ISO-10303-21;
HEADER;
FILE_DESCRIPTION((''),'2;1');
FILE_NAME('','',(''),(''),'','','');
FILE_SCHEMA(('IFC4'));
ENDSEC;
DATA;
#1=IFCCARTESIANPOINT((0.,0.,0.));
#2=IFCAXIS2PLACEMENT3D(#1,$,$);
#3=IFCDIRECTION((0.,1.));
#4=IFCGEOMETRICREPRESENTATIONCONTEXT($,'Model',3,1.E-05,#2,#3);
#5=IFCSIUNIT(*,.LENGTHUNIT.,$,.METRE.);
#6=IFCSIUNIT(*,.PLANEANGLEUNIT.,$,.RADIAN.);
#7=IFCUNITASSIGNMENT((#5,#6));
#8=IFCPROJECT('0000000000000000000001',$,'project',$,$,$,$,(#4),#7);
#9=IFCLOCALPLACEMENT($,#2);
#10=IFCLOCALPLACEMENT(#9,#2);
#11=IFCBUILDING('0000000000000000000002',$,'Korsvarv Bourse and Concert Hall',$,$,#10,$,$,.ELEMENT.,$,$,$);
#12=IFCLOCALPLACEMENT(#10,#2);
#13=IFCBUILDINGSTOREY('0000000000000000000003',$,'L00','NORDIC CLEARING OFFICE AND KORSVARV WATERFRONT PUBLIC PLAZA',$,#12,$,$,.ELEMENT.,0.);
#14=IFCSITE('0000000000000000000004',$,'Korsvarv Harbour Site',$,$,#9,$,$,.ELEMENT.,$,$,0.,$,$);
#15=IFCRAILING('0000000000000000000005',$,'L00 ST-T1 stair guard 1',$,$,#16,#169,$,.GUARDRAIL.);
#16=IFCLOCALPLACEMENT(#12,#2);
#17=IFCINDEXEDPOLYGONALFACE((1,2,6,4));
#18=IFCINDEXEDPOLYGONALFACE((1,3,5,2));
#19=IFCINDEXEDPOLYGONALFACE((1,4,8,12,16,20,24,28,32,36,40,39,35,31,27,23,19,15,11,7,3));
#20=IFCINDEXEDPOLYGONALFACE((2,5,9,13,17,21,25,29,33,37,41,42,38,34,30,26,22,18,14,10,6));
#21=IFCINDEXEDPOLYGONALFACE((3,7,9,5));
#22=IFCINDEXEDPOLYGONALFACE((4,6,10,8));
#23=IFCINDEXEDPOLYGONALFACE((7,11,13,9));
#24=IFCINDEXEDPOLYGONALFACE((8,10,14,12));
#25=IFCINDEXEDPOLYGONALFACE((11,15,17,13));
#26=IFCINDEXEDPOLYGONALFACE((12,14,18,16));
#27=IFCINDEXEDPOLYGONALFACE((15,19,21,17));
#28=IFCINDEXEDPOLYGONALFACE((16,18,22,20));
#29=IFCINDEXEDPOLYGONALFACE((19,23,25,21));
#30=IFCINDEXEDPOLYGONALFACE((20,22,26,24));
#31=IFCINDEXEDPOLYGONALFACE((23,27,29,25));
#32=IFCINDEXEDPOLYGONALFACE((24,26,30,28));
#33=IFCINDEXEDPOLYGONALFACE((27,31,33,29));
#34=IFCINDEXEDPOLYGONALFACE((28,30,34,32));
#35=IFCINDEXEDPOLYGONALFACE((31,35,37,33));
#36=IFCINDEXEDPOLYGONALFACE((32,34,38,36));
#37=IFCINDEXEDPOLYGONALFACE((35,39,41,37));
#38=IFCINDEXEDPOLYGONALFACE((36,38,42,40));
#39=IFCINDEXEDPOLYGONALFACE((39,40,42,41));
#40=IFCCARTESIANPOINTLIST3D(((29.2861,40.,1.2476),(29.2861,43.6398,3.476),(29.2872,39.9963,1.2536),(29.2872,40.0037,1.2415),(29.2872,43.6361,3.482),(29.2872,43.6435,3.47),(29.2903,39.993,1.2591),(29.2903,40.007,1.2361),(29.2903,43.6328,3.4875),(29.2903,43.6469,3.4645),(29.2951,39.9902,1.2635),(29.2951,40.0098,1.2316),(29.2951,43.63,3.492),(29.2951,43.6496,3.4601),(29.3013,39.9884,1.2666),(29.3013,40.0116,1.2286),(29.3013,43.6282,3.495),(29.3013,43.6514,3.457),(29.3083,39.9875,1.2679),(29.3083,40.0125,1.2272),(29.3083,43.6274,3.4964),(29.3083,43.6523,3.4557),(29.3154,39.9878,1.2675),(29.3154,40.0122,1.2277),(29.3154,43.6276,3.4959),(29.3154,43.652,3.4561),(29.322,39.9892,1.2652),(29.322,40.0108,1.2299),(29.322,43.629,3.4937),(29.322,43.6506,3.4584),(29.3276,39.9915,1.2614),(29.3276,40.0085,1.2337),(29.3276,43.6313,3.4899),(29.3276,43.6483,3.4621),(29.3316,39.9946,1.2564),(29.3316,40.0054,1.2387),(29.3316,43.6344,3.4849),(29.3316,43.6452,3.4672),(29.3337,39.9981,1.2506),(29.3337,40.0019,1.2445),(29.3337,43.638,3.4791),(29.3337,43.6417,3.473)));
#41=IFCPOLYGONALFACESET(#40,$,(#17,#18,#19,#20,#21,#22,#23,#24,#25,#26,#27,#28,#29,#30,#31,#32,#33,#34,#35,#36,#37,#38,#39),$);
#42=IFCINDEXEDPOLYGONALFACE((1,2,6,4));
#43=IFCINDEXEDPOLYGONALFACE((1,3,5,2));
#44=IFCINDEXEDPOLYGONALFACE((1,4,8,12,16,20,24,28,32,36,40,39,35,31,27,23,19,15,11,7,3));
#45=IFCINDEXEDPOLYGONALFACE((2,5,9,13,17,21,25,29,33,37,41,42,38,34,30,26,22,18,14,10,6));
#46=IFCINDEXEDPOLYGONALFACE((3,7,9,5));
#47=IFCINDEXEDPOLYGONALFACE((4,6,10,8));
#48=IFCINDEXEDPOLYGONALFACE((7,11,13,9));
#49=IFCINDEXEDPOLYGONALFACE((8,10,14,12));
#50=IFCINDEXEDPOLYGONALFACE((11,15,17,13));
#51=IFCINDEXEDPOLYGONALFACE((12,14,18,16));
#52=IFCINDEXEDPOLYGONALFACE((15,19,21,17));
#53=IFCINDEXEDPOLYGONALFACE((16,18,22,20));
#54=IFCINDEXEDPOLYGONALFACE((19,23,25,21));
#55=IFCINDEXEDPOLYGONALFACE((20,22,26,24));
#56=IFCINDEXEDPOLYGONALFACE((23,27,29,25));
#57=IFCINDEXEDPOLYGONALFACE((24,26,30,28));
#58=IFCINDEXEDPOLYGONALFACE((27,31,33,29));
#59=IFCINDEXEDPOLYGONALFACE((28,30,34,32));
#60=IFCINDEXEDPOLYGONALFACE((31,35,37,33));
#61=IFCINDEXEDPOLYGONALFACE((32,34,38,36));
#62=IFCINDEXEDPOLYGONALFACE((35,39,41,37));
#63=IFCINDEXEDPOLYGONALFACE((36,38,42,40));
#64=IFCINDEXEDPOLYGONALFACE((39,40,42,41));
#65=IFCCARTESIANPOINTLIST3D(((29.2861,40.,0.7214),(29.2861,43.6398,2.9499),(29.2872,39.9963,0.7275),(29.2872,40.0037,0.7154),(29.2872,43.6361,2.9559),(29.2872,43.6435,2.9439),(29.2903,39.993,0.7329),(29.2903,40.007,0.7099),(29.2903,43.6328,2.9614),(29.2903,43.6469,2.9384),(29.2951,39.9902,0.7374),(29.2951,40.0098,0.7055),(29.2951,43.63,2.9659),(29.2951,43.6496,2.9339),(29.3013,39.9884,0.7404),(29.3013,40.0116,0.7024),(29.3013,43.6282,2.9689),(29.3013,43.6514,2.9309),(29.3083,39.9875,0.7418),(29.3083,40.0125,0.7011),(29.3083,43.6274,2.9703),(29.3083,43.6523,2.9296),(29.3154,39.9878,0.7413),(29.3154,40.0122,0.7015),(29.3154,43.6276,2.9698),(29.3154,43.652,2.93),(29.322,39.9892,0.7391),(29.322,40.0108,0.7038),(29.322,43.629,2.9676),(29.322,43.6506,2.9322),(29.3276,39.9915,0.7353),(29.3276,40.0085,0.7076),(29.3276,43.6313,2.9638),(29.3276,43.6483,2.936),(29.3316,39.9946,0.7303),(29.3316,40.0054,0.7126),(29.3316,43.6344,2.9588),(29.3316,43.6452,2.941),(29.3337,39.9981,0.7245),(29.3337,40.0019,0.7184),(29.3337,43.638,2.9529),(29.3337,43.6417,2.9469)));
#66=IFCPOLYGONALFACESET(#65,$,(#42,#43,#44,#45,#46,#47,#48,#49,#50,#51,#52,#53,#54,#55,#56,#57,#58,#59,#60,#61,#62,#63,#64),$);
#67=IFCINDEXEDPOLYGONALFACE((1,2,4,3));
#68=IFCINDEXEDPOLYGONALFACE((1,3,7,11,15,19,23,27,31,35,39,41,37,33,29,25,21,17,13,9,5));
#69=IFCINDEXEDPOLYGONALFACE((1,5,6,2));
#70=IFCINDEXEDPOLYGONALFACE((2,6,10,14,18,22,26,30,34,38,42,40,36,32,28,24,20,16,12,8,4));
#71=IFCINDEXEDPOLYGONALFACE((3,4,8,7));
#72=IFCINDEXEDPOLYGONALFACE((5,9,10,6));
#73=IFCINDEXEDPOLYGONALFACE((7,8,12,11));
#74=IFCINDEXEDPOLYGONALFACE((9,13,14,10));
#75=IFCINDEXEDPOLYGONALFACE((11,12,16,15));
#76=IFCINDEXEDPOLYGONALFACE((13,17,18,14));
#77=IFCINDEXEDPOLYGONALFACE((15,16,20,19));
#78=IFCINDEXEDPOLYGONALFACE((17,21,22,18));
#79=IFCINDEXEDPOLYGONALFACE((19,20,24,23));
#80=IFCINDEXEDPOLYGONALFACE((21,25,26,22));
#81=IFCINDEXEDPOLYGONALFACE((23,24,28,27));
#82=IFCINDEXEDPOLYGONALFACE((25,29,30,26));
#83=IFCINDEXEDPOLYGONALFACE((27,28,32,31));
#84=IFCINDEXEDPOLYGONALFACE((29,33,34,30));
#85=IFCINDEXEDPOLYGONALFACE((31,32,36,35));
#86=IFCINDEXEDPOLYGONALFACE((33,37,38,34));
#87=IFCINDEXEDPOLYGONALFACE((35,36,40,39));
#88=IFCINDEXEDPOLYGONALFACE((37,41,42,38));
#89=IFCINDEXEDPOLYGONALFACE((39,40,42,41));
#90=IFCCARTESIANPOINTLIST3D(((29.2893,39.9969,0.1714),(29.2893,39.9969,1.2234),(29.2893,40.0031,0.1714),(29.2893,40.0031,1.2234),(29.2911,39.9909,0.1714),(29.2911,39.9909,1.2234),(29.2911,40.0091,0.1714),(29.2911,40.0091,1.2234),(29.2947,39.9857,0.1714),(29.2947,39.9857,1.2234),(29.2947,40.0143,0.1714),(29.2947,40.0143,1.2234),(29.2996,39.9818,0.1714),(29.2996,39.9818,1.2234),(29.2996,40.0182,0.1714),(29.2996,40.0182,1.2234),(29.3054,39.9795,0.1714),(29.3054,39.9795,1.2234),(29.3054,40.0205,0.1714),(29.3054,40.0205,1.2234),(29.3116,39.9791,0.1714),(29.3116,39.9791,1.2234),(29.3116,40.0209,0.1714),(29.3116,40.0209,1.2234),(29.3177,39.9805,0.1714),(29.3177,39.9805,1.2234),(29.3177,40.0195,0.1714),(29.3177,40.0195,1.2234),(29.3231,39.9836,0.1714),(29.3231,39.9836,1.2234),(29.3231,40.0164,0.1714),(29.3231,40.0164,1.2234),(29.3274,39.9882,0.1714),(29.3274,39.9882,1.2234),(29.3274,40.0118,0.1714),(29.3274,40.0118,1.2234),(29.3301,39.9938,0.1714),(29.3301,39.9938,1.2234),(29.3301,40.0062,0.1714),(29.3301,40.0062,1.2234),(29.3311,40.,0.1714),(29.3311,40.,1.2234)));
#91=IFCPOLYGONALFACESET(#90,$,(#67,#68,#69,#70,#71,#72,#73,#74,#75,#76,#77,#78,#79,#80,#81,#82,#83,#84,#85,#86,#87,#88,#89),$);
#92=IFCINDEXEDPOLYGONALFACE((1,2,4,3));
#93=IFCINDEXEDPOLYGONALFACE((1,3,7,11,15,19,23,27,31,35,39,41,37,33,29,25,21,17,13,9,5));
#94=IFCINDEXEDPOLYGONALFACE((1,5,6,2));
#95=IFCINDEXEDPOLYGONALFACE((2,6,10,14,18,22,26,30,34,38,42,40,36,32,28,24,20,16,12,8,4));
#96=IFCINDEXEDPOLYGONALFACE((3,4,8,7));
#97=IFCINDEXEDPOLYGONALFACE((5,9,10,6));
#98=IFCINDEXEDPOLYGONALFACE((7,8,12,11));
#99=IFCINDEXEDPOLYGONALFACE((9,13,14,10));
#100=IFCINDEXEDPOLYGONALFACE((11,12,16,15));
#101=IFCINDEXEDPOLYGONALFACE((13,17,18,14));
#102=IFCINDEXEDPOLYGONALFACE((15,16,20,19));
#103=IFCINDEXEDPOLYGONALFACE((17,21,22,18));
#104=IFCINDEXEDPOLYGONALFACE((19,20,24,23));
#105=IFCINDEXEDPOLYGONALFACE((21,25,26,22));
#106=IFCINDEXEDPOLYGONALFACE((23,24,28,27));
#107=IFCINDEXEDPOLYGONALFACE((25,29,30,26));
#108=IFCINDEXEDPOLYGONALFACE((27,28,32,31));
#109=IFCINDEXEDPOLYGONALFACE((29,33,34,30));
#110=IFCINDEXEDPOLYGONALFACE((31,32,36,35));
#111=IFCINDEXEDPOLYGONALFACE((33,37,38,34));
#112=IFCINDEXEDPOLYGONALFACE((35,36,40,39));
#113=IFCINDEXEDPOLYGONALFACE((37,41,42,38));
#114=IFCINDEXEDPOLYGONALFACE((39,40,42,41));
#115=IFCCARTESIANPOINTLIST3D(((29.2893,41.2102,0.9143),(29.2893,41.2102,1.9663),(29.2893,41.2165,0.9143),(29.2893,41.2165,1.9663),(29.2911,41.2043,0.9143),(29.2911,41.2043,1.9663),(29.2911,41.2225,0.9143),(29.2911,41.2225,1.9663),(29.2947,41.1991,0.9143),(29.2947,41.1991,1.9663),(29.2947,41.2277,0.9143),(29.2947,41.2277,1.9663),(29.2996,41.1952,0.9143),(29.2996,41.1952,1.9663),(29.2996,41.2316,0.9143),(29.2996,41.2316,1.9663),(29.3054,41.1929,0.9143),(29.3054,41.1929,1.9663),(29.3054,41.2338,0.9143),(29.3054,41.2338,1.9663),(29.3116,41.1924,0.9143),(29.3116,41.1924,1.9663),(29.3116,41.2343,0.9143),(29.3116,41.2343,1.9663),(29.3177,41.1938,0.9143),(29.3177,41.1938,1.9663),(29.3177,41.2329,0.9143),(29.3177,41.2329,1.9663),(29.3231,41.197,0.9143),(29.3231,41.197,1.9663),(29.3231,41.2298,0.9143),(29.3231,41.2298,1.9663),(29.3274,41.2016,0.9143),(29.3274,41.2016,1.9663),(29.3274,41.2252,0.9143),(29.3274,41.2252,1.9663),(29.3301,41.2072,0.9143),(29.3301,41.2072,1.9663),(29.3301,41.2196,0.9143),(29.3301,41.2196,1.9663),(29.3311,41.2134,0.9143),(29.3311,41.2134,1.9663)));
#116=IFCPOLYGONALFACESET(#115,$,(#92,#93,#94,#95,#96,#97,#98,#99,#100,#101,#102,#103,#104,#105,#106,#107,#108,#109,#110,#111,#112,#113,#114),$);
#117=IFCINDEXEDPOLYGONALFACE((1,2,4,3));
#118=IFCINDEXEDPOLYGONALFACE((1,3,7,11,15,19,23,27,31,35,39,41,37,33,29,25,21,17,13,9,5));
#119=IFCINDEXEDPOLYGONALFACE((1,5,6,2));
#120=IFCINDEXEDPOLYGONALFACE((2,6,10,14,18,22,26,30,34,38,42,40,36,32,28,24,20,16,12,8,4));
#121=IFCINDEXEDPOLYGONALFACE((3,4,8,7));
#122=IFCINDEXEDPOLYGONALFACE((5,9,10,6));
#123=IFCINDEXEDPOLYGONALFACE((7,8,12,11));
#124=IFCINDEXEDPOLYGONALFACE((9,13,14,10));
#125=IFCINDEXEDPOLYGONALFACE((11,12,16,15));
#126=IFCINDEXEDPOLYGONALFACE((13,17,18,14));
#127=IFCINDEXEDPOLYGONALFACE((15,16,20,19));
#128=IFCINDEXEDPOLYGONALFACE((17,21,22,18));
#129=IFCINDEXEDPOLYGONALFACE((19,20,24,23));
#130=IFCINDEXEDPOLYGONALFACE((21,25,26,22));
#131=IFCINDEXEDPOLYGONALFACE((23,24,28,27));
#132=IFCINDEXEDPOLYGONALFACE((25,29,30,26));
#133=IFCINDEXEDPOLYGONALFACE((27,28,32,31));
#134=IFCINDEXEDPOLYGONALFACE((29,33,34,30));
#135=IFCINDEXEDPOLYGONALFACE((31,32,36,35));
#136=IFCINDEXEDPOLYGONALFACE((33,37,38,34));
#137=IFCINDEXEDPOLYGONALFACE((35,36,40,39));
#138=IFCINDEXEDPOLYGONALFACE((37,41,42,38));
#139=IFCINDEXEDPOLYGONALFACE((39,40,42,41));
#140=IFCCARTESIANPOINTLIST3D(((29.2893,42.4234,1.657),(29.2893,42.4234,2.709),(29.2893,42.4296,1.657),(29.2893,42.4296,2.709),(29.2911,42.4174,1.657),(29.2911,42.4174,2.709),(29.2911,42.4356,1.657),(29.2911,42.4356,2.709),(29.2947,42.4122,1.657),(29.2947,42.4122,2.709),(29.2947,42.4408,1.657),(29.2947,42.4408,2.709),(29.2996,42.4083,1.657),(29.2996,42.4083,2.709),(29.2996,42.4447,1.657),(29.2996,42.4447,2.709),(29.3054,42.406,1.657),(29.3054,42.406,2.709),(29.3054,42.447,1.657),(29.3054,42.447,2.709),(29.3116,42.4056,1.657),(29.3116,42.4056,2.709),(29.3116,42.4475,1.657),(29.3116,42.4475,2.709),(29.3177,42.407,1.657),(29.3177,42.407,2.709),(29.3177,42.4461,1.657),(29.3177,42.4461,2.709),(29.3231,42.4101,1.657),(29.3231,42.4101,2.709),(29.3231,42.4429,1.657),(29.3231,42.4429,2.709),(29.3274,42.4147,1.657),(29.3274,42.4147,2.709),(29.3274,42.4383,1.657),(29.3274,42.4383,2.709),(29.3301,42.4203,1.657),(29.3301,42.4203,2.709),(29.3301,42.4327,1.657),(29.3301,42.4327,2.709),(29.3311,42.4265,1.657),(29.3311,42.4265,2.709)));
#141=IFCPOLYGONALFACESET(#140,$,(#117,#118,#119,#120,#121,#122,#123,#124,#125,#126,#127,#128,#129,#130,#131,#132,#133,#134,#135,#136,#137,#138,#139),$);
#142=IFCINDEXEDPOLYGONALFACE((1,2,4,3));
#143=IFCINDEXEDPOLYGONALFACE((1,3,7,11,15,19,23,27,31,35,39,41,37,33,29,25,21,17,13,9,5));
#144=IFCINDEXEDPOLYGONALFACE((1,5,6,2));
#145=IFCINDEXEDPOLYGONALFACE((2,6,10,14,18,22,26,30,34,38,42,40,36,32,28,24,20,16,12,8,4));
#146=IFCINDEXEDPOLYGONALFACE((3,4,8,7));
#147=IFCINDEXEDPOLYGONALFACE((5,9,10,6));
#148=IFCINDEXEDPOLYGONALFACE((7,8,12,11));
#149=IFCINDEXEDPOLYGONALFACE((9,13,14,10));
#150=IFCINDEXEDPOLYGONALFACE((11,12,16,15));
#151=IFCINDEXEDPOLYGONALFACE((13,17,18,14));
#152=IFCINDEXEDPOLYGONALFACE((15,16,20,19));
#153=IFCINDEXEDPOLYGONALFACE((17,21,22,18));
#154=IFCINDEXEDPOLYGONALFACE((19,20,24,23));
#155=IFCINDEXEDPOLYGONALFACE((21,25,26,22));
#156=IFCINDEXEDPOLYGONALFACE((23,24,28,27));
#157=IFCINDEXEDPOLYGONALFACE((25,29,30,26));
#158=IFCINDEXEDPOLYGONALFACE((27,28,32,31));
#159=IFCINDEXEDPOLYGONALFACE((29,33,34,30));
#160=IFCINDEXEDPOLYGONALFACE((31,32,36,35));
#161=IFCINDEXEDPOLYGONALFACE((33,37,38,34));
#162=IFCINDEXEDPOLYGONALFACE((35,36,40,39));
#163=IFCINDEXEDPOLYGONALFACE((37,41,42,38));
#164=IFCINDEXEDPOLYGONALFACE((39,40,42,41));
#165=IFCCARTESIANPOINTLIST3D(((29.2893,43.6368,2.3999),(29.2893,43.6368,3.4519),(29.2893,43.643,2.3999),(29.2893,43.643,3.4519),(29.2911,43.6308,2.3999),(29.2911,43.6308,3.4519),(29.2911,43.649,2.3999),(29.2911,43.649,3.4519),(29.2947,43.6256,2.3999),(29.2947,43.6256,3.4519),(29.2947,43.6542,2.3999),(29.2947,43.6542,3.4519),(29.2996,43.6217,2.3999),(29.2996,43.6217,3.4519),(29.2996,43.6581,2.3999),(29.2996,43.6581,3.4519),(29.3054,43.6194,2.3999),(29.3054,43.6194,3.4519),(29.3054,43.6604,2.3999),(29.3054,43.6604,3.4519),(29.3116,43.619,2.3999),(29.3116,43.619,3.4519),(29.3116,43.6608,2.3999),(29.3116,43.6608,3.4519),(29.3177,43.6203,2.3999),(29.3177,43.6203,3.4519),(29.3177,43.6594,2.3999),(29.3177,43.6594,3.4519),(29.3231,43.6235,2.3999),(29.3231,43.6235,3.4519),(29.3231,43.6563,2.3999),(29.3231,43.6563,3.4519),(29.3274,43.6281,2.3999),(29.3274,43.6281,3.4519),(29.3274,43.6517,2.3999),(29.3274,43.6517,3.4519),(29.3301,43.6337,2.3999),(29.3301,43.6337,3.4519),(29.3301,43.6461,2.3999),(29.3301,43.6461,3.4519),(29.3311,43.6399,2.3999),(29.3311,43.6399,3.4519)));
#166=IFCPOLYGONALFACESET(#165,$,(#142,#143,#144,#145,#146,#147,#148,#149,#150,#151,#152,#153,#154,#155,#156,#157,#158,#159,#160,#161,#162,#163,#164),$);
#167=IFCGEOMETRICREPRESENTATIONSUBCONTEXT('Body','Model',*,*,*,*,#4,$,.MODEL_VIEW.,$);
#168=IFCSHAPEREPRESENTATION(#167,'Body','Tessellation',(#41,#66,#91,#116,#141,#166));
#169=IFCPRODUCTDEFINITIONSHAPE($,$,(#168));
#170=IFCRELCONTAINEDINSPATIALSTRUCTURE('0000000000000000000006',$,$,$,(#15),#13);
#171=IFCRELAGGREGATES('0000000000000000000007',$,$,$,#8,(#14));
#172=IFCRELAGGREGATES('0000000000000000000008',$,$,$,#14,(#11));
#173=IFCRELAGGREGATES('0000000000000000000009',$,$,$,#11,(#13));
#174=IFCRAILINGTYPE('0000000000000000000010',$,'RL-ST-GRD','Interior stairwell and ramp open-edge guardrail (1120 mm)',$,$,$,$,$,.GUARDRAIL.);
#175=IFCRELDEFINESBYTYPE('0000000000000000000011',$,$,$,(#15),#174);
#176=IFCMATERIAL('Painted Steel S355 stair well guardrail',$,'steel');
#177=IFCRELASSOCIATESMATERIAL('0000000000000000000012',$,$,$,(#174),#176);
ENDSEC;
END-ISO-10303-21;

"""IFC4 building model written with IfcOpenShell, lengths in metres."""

from ifc_helpers import new_model, si_unit, direction, frame, origin, origin_2d, place, context, subcontext, project, spatial, circle, extrude, material, type_object, element, save


model = new_model("IFC4")

# Units and contexts
model_context = context("Model", 3, precision=1e-05, world=origin(), true_north=direction((0.0, 1.0)))
body_context = subcontext(model_context, "Body", "Model", "MODEL_VIEW")
ifc_project = project(units=[si_unit("LENGTHUNIT", "METRE"), si_unit("PLANEANGLEUNIT", "RADIAN")], contexts=[model_context])

# Site, building, storey
site_placement = place(None, origin())
site = spatial("IfcSite", under=ifc_project, at=site_placement, Name="Korsvarv Harbour Site", CompositionType="ELEMENT", RefElevation=0.0)
building_placement = place(site_placement, origin())
building = spatial("IfcBuilding", under=site, at=building_placement, Name="Korsvarv Bourse and Concert Hall", CompositionType="ELEMENT")
storey_placement = place(building_placement, origin())
storey = spatial("IfcBuildingStorey", under=building, at=storey_placement, Name="L00", Description="NORDIC CLEARING OFFICE AND KORSVARV WATERFRONT PUBLIC PLAZA", CompositionType="ELEMENT", Elevation=0.0)

# Railing
ifc_material_1 = material(Name="Painted Steel S355 stair well guardrail", Category="steel")
railing_type_1 = type_object("IfcRailingType", Name="RL-ST-GRD", Description="Interior stairwell and ramp open-edge guardrail (1120 mm)", PredefinedType="GUARDRAIL", material=ifc_material_1)
railing_1_placement = place(storey_placement, frame((29.3101, 40.0, 0.1714)))
element("IfcRailing", 1, at=railing_1_placement, inside=storey, type_object=railing_type_1, Name="L00 ST-T1 stair guard 1", PredefinedType="GUARDRAIL", context=body_context, shape_type="SweptSolid", body=[
    extrude(circle(Radius=0.0239, at=origin_2d()), frame((0.0, 0.0, 1.0762), z_axis=(0.0, 0.85285, 0.522156), x_axis=(-1.0, 0.0, 0.0)), (0.0, 0.0, 1.0), 4.2678),
    extrude(circle(Radius=0.0239, at=origin_2d()), frame((0.0, 0.0, 0.55), z_axis=(0.0, 0.85285, 0.522156), x_axis=(-1.0, 0.0, 0.0)), (0.0, 0.0, 1.0), 4.2678),
    extrude(circle(Radius=0.021, at=origin_2d()), origin(), (0.0, 0.0, 1.0), 1.052),
    extrude(circle(Radius=0.021, at=origin_2d()), frame((0.0, 1.2134, 0.7429)), (0.0, 0.0, 1.0), 1.052),
    extrude(circle(Radius=0.021, at=origin_2d()), frame((0.0, 2.4265, 1.4856)), (0.0, 0.0, 1.0), 1.052),
    extrude(circle(Radius=0.021, at=origin_2d()), frame((0.0, 3.6399, 2.2285)), (0.0, 0.0, 1.0), 1.052),
])

save(model, "model.ifc")
